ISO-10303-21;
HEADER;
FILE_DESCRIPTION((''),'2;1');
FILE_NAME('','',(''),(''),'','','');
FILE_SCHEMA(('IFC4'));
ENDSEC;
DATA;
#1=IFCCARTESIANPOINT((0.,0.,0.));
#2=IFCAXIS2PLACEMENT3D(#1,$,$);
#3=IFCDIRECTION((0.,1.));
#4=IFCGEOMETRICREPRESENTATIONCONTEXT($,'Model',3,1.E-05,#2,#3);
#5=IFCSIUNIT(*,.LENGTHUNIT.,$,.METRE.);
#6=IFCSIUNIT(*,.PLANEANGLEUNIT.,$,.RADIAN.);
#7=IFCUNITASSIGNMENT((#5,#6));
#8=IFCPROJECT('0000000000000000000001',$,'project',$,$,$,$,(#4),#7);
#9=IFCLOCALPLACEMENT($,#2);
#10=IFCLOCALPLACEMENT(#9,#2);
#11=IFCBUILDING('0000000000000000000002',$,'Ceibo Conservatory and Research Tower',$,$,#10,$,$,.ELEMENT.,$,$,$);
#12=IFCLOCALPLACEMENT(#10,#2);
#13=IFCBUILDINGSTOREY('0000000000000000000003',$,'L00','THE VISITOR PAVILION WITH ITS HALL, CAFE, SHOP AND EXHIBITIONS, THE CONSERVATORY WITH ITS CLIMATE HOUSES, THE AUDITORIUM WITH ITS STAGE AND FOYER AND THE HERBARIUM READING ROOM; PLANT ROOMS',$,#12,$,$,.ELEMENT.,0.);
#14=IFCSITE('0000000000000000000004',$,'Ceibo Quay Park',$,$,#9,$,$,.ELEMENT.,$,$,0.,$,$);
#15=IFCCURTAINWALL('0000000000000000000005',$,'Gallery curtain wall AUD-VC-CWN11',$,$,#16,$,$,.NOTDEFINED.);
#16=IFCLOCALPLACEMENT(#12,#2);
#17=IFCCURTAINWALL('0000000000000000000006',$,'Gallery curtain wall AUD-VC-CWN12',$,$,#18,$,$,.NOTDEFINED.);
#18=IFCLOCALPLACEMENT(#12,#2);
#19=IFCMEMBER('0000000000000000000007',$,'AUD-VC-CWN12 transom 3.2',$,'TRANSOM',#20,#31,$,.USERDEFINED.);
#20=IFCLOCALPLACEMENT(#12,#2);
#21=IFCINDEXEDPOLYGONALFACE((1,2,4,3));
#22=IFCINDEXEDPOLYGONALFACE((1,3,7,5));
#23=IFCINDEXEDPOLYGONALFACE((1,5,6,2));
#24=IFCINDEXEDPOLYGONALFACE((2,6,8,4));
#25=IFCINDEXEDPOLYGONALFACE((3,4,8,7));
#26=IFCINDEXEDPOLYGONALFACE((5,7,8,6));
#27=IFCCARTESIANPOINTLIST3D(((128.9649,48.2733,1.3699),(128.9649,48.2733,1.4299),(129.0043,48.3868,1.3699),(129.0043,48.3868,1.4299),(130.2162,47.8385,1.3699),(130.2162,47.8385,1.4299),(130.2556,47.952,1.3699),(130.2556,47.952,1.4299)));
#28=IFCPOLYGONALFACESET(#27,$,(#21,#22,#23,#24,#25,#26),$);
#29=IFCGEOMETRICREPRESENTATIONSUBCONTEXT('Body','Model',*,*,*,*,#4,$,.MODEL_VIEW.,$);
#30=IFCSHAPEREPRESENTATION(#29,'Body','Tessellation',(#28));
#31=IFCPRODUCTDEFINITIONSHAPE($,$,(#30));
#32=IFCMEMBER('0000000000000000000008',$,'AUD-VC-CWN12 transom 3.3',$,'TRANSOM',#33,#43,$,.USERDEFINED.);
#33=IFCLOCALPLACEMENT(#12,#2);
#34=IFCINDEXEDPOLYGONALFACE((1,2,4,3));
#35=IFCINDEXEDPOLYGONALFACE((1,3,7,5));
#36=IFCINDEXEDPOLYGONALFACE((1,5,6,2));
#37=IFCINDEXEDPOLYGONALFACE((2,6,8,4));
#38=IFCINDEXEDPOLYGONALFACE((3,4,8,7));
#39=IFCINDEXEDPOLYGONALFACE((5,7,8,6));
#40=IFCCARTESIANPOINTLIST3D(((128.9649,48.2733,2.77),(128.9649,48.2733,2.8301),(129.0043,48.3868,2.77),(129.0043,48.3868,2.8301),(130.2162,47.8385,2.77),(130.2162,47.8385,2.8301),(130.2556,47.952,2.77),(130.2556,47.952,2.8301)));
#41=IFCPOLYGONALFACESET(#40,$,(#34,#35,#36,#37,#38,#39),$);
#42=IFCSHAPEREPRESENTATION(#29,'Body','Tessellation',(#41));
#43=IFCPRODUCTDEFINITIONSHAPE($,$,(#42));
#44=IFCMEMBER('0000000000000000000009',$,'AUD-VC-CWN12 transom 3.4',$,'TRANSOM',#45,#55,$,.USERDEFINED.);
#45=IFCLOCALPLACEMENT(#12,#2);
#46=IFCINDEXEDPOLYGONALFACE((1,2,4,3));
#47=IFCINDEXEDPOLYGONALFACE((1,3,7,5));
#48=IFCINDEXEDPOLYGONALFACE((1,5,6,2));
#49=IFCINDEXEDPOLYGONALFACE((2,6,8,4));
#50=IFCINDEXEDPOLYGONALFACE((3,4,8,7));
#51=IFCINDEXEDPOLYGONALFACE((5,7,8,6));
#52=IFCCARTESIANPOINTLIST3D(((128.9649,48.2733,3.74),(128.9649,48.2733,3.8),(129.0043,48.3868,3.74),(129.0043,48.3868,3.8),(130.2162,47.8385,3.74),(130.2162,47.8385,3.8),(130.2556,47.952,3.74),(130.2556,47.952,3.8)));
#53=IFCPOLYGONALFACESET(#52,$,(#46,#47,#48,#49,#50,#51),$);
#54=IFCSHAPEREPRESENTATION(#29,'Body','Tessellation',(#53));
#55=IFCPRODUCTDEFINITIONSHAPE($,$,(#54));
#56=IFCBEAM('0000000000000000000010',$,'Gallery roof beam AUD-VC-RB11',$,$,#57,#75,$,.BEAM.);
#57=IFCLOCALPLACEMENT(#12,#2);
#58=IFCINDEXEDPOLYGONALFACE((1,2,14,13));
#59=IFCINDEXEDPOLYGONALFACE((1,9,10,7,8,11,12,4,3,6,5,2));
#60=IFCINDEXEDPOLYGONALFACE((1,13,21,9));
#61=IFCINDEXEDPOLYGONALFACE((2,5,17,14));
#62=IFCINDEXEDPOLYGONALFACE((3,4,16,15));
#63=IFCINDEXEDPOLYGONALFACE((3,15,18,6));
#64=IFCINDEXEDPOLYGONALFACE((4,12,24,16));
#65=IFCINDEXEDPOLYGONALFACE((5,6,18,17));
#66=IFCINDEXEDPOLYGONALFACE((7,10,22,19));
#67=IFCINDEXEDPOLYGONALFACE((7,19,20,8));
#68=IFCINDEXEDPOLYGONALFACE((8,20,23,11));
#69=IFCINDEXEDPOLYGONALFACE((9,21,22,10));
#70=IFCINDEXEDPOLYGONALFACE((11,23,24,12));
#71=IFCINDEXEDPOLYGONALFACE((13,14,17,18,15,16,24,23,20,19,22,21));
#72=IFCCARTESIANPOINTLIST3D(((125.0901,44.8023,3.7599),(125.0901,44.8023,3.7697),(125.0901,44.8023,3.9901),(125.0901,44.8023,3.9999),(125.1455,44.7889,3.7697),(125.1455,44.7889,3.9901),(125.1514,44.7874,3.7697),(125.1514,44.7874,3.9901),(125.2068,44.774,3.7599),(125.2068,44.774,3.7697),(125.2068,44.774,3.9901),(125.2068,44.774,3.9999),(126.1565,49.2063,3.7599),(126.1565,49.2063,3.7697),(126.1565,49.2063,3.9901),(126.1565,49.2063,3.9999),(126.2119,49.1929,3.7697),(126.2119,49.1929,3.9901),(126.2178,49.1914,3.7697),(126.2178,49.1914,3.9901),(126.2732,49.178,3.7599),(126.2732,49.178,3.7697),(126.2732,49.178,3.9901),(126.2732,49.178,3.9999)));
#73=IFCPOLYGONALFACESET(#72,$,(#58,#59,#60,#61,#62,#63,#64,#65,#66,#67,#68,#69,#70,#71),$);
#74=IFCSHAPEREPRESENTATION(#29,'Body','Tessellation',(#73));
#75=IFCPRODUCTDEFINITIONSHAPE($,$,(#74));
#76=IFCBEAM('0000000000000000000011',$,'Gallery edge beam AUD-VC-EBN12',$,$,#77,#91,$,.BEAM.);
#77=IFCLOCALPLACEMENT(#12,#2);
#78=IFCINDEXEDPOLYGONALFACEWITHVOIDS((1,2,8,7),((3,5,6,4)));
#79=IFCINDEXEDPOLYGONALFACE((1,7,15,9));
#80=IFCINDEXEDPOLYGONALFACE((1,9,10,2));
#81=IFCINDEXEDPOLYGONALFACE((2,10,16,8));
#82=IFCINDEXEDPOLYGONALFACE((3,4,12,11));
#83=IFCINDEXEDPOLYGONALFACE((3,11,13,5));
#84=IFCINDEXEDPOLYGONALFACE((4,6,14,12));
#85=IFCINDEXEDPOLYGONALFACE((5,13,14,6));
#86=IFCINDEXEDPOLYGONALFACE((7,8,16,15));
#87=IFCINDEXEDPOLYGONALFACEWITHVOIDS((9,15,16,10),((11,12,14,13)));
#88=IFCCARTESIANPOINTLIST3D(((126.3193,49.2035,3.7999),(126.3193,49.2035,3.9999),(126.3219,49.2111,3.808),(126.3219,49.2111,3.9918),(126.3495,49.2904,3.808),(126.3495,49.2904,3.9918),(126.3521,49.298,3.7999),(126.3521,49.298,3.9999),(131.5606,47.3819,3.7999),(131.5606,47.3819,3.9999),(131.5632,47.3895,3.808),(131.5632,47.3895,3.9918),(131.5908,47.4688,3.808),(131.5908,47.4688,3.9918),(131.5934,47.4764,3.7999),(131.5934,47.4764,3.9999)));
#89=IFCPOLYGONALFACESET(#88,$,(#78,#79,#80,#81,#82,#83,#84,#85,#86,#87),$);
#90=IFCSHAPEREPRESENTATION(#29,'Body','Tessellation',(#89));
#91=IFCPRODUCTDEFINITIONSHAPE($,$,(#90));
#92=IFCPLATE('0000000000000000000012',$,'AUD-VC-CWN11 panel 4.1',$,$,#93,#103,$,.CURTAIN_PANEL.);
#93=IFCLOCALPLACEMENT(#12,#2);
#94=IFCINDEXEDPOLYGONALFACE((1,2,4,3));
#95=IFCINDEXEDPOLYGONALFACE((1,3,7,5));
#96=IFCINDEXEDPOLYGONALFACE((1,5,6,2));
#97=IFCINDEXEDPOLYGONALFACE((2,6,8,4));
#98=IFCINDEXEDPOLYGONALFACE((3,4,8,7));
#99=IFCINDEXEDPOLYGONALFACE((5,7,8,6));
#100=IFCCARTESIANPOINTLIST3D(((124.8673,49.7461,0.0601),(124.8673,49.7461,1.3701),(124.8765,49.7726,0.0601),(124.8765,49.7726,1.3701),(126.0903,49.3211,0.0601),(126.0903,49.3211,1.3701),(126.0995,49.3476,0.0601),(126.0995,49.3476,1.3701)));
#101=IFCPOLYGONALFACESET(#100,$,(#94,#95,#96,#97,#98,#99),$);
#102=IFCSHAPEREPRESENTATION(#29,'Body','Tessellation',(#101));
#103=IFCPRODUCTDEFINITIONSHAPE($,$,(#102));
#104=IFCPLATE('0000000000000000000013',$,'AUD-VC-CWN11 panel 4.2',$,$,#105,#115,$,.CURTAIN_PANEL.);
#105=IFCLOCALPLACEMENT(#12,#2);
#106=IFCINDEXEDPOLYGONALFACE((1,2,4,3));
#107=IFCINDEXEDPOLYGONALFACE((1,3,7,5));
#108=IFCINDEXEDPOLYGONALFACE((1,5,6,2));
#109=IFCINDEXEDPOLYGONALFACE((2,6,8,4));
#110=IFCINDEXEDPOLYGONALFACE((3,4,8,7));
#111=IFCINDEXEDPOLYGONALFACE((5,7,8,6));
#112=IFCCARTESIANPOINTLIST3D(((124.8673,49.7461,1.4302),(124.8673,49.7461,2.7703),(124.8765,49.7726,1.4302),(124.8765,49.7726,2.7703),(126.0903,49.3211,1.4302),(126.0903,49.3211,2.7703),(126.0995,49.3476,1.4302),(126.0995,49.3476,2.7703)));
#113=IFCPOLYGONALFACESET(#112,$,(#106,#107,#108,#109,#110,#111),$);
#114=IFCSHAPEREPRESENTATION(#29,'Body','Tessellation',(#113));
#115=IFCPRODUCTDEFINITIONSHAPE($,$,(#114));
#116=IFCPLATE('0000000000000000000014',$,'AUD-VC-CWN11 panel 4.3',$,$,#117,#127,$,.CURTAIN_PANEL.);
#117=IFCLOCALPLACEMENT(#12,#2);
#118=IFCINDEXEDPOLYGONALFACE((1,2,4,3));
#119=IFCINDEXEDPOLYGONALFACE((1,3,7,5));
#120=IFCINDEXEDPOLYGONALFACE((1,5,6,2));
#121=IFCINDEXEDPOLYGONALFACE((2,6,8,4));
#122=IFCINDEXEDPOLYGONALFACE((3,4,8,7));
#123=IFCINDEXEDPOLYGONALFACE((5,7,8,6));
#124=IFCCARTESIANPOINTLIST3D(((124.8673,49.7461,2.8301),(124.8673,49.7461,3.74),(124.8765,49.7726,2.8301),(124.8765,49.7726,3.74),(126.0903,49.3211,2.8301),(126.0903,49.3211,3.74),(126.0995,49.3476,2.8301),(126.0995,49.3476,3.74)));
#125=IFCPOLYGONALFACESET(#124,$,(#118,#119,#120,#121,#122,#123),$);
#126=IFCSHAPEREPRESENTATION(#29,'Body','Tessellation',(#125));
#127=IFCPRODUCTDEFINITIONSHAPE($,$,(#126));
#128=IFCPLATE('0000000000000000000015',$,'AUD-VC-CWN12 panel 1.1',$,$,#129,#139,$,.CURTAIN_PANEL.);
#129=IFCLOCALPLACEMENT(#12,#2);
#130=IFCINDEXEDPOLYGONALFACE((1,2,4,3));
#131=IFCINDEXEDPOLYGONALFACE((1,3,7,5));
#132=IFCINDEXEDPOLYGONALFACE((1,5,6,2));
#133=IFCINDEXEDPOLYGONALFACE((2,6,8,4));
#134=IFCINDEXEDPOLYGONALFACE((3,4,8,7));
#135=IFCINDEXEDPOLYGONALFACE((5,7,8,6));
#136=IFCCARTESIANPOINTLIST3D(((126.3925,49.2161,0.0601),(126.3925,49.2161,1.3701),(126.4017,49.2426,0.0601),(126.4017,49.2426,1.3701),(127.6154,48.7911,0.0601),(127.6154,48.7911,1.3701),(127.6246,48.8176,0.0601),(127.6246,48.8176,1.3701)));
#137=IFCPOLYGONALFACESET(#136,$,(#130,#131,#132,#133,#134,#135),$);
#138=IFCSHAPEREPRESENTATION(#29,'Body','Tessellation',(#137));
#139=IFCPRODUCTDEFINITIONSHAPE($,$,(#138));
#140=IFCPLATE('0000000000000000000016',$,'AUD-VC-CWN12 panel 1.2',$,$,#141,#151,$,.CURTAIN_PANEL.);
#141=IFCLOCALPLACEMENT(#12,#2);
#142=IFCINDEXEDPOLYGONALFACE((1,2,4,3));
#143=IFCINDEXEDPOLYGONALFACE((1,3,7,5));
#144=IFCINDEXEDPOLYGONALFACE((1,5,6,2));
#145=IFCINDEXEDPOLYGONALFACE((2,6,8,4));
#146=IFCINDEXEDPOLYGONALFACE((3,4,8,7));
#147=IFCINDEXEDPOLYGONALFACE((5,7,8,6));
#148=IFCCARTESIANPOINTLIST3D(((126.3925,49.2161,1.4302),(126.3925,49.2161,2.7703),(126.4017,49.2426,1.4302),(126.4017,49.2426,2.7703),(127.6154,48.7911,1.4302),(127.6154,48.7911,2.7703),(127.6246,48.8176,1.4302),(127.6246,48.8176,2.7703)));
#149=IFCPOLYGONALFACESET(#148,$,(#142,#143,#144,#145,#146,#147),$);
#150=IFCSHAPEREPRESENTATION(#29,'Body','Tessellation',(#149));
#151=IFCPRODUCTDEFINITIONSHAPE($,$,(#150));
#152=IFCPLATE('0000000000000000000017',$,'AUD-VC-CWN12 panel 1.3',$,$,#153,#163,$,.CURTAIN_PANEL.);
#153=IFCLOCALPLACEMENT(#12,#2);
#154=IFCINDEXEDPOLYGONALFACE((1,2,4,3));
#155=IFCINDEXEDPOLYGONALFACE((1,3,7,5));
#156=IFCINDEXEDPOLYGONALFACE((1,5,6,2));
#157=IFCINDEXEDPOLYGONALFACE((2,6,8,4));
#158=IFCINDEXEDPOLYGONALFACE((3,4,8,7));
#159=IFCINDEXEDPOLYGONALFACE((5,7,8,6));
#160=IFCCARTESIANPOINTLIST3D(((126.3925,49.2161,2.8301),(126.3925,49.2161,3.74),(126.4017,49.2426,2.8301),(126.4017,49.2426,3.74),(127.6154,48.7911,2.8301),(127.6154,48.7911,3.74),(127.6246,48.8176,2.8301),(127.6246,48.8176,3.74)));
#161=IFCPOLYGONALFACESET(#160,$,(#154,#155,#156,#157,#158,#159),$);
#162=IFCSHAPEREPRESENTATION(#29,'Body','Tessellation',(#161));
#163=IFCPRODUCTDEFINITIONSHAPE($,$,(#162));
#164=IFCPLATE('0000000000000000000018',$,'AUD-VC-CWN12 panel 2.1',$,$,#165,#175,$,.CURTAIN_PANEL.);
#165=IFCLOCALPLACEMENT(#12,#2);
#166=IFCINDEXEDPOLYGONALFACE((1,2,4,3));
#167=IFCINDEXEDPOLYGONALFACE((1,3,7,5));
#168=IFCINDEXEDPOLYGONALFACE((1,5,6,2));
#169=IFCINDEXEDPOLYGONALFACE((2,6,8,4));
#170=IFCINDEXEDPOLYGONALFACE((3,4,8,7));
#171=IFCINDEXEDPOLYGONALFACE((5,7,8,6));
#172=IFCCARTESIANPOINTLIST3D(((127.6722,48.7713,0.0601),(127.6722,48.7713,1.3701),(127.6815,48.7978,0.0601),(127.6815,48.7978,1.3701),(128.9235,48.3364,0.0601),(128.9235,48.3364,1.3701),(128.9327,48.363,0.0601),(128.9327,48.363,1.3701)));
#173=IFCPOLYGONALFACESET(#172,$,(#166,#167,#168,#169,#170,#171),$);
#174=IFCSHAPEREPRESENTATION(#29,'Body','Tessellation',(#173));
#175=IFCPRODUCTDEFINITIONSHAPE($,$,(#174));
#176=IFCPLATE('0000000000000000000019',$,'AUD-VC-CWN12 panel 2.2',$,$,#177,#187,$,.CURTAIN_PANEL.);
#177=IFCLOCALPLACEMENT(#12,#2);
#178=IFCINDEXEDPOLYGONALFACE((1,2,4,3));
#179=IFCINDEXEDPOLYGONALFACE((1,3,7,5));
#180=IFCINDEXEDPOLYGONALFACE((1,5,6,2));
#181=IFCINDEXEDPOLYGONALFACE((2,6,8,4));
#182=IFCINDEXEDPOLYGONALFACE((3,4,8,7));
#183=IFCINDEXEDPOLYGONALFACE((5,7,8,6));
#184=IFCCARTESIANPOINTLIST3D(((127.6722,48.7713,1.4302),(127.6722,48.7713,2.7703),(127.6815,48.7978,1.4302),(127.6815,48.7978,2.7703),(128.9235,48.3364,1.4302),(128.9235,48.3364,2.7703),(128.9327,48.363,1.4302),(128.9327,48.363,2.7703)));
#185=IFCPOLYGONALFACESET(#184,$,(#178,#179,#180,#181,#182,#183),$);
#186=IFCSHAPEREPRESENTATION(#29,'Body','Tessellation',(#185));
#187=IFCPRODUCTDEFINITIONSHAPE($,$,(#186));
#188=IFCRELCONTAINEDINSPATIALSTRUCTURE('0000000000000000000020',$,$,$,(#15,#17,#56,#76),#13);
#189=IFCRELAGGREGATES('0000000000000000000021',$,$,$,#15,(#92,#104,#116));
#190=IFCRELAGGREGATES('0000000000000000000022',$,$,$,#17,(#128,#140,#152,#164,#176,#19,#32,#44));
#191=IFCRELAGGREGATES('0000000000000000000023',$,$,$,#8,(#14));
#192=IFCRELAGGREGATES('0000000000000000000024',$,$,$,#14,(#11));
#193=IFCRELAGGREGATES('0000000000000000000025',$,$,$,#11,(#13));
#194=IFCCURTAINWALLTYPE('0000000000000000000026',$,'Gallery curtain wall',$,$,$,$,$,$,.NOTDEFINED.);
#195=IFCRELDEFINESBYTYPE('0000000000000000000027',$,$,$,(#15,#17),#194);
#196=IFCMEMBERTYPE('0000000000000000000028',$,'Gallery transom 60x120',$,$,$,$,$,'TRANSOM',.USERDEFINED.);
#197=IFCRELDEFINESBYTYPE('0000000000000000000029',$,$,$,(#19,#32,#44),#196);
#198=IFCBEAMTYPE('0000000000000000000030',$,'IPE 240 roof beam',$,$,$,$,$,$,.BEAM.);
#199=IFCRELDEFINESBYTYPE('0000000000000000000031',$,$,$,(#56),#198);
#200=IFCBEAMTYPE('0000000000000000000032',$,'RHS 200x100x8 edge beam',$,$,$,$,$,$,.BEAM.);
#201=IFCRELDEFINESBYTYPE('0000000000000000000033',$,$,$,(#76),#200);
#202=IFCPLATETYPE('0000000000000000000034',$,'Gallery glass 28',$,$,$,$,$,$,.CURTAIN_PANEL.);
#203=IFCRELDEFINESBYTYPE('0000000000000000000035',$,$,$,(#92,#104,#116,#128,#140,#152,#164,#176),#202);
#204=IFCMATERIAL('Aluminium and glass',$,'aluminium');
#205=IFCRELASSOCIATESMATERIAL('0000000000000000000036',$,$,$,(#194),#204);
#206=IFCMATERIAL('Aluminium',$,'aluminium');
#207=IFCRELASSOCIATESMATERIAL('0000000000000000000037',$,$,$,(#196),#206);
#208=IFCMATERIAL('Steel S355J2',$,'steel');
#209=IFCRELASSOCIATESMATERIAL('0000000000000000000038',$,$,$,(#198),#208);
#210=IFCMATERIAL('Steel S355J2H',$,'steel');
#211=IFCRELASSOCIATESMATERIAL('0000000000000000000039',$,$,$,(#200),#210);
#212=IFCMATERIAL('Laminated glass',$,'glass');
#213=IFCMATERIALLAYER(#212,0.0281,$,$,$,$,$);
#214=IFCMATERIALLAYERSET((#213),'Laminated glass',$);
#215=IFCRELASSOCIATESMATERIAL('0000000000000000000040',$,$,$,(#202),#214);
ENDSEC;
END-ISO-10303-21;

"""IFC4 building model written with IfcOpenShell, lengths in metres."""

from ifc_helpers import new_model, si_unit, direction, frame, origin, origin_2d, place, context, subcontext, project, spatial, rectangle, hollow_rectangle, i_section, extrude, material, layer, layer_set, material_profile, profile_set, type_object, element, aggregate, save


model = new_model("IFC4")

# Units and contexts
model_context = context("Model", 3, precision=1e-05, world=origin(), true_north=direction((0.0, 1.0)))
body_context = subcontext(model_context, "Body", "Model", "MODEL_VIEW")
ifc_project = project(units=[si_unit("LENGTHUNIT", "METRE"), si_unit("PLANEANGLEUNIT", "RADIAN")], contexts=[model_context])

# Site, building, storey
site_placement = place(None, origin())
site = spatial("IfcSite", under=ifc_project, at=site_placement, Name="Ceibo Quay Park", CompositionType="ELEMENT", RefElevation=0.0)
building_placement = place(site_placement, origin())
building = spatial("IfcBuilding", under=site, at=building_placement, Name="Ceibo Conservatory and Research Tower", CompositionType="ELEMENT")
storey_placement = place(building_placement, origin())
storey = spatial("IfcBuildingStorey", under=building, at=storey_placement, Name="L00", Description="THE VISITOR PAVILION WITH ITS HALL, CAFE, SHOP AND EXHIBITIONS, THE CONSERVATORY WITH ITS CLIMATE HOUSES, THE AUDITORIUM WITH ITS STAGE AND FOYER AND THE HERBARIUM READING ROOM; PLANT ROOMS", CompositionType="ELEMENT", Elevation=0.0)

# Shared definitions
ifc_material_1 = material(Name="Steel S355J2H", Category="steel")

# Curtain wall
ifc_material_2 = material(Name="Aluminium and glass", Category="aluminium")
curtain_wall_type = type_object("IfcCurtainWallType", Name="Gallery curtain wall", PredefinedType="NOTDEFINED", material=ifc_material_2)
curtain_wall_1_placement = place(storey_placement, origin())
curtain_wall_1 = element("IfcCurtainWall", 1, at=curtain_wall_1_placement, inside=storey, type_object=curtain_wall_type, Name="Gallery curtain wall AUD-VC-CWN11", PredefinedType="NOTDEFINED")
ifc_material_3 = material(Name="Aluminium", Category="aluminium")

# Curtain wall, members
curtain_wall_2_placement = place(storey_placement, origin())
curtain_wall_2 = element("IfcCurtainWall", 2, at=curtain_wall_2_placement, inside=storey, type_object=curtain_wall_type, Name="Gallery curtain wall AUD-VC-CWN12", PredefinedType="NOTDEFINED")
ifc_material_profile_1 = material_profile(ifc_material_3, rectangle(XDim=0.1201, YDim=0.0601, at=origin_2d()), Name="AL 60x120")
ifc_profile_set_1 = profile_set([ifc_material_profile_1], Name="Aluminium")
member_type_1 = type_object("IfcMemberType", Name="Gallery transom 60x120", ElementType="TRANSOM", PredefinedType="USERDEFINED", material=ifc_profile_set_1)
member_1_placement = place(storey_placement, frame((128.9846, 48.3301, 1.3999), z_axis=(0.944589, -0.328256, 0.0), x_axis=(0.328256, 0.944589, 0.0)))
member_1 = element("IfcMember", 3, at=member_1_placement, type_object=member_type_1, Name="AUD-VC-CWN12 transom 3.2", ObjectType="TRANSOM", PredefinedType="USERDEFINED", context=body_context, shape_type="SweptSolid", body=[
    extrude(rectangle(XDim=0.1201, YDim=0.0601, at=origin_2d()), origin(), (0.0, 0.0, 1.0), 1.3247),
])
member_2_placement = place(storey_placement, frame((128.9846, 48.3301, 2.8), z_axis=(0.944589, -0.328256, 0.0), x_axis=(0.328256, 0.944589, 0.0)))
member_2 = element("IfcMember", 4, at=member_2_placement, type_object=member_type_1, Name="AUD-VC-CWN12 transom 3.3", ObjectType="TRANSOM", PredefinedType="USERDEFINED", context=body_context, shape_type="SweptSolid", body=[
    extrude(rectangle(XDim=0.1201, YDim=0.0601, at=origin_2d()), origin(), (0.0, 0.0, 1.0), 1.3247),
])
member_3_placement = place(storey_placement, frame((128.9846, 48.3301, 3.77), z_axis=(0.944589, -0.328256, 0.0), x_axis=(0.328256, 0.944589, 0.0)))
member_3 = element("IfcMember", 5, at=member_3_placement, type_object=member_type_1, Name="AUD-VC-CWN12 transom 3.4", ObjectType="TRANSOM", PredefinedType="USERDEFINED", context=body_context, shape_type="SweptSolid", body=[
    extrude(rectangle(XDim=0.1201, YDim=0.0601, at=origin_2d()), origin(), (0.0, 0.0, 1.0), 1.3247),
])

# Beams
ifc_material_4 = material(Name="Steel S355J2", Category="steel")
ifc_material_profile_2 = material_profile(ifc_material_4, i_section(OverallWidth=0.1201, OverallDepth=0.24, WebThickness=0.0061, FlangeThickness=0.0098, at=origin_2d()), Name="IPE 240")
ifc_profile_set_2 = profile_set([ifc_material_profile_2], Name="Steel S355J2")
beam_type_1 = type_object("IfcBeamType", Name="IPE 240 roof beam", PredefinedType="BEAM", material=ifc_profile_set_2)
beam_1_placement = place(storey_placement, frame((126.2148, 49.1921, 3.8799), z_axis=(-0.235341, -0.971913, 0.0), x_axis=(0.971913, -0.235341, 0.0)))
element("IfcBeam", 6, at=beam_1_placement, inside=storey, type_object=beam_type_1, Name="Gallery roof beam AUD-VC-RB11", PredefinedType="BEAM", context=body_context, shape_type="SweptSolid", body=[
    extrude(i_section(OverallWidth=0.1201, OverallDepth=0.24, WebThickness=0.0061, FlangeThickness=0.0098, at=origin_2d()), origin(), (0.0, 0.0, 1.0), 4.5312),
])
ifc_material_profile_3 = material_profile(ifc_material_1, hollow_rectangle(XDim=0.1001, YDim=0.2, WallThickness=0.0081, at=origin_2d()), Name="RHS 200x100x8 edge beam")
ifc_profile_set_3 = profile_set([ifc_material_profile_3], Name="Steel S355J2H")
beam_type_2 = type_object("IfcBeamType", Name="RHS 200x100x8 edge beam", PredefinedType="BEAM", material=ifc_profile_set_3)
beam_2_placement = place(storey_placement, frame((126.3357, 49.2507, 3.8999), z_axis=(0.94458, -0.32828, 0.0), x_axis=(0.32828, 0.94458, 0.0)))
element("IfcBeam", 7, at=beam_2_placement, inside=storey, type_object=beam_type_2, Name="Gallery edge beam AUD-VC-EBN12", PredefinedType="BEAM", context=body_context, shape_type="SweptSolid", body=[
    extrude(hollow_rectangle(XDim=0.1001, YDim=0.2, WallThickness=0.0081, at=origin_2d()), origin(), (0.0, 0.0, 1.0), 5.5488),
])

# Plates
ifc_material_5 = material(Name="Laminated glass", Category="glass")
ifc_layer = layer(ifc_material_5, 0.0281)
ifc_layer_set = layer_set([ifc_layer], Name="Laminated glass")
plate_type = type_object("IfcPlateType", Name="Gallery glass 28", PredefinedType="CURTAIN_PANEL", material=ifc_layer_set)
plate_1_placement = place(storey_placement, frame((125.4834, 49.5469, 0.0601), z_axis=(0.0, 0.0, 1.0), x_axis=(0.944579, -0.328284, 0.0)))
plate_1 = element("IfcPlate", 8, at=plate_1_placement, type_object=plate_type, Name="AUD-VC-CWN11 panel 4.1", PredefinedType="CURTAIN_PANEL", context=body_context, shape_type="SweptSolid", body=[
    extrude(rectangle(XDim=1.2947, YDim=0.0281, at=origin_2d()), origin(), (0.0, 0.0, 1.0), 1.3101),
])
plate_2_placement = place(storey_placement, frame((125.4834, 49.5469, 1.4302), z_axis=(0.0, 0.0, 1.0), x_axis=(0.944579, -0.328284, 0.0)))
plate_2 = element("IfcPlate", 9, at=plate_2_placement, type_object=plate_type, Name="AUD-VC-CWN11 panel 4.2", PredefinedType="CURTAIN_PANEL", context=body_context, shape_type="SweptSolid", body=[
    extrude(rectangle(XDim=1.2947, YDim=0.0281, at=origin_2d()), origin(), (0.0, 0.0, 1.0), 1.3401),
])
plate_3_placement = place(storey_placement, frame((125.4834, 49.5469, 2.8301), z_axis=(0.0, 0.0, 1.0), x_axis=(0.944579, -0.328284, 0.0)))
plate_3 = element("IfcPlate", 10, at=plate_3_placement, type_object=plate_type, Name="AUD-VC-CWN11 panel 4.3", PredefinedType="CURTAIN_PANEL", context=body_context, shape_type="SweptSolid", body=[
    extrude(rectangle(XDim=1.2947, YDim=0.0281, at=origin_2d()), origin(), (0.0, 0.0, 1.0), 0.9099),
])
aggregate(curtain_wall_1, [plate_1, plate_2, plate_3])
plate_4_placement = place(storey_placement, frame((127.0085, 49.0168, 0.0601), z_axis=(0.0, 0.0, 1.0), x_axis=(0.944579, -0.328284, 0.0)))
plate_4 = element("IfcPlate", 11, at=plate_4_placement, type_object=plate_type, Name="AUD-VC-CWN12 panel 1.1", PredefinedType="CURTAIN_PANEL", context=body_context, shape_type="SweptSolid", body=[
    extrude(rectangle(XDim=1.2947, YDim=0.0281, at=origin_2d()), origin(), (0.0, 0.0, 1.0), 1.3101),
])
plate_5_placement = place(storey_placement, frame((127.0085, 49.0168, 1.4302), z_axis=(0.0, 0.0, 1.0), x_axis=(0.944579, -0.328284, 0.0)))
plate_5 = element("IfcPlate", 12, at=plate_5_placement, type_object=plate_type, Name="AUD-VC-CWN12 panel 1.2", PredefinedType="CURTAIN_PANEL", context=body_context, shape_type="SweptSolid", body=[
    extrude(rectangle(XDim=1.2947, YDim=0.0281, at=origin_2d()), origin(), (0.0, 0.0, 1.0), 1.3401),
])
plate_6_placement = place(storey_placement, frame((127.0085, 49.0168, 2.8301), z_axis=(0.0, 0.0, 1.0), x_axis=(0.944579, -0.328284, 0.0)))
plate_6 = element("IfcPlate", 13, at=plate_6_placement, type_object=plate_type, Name="AUD-VC-CWN12 panel 1.3", PredefinedType="CURTAIN_PANEL", context=body_context, shape_type="SweptSolid", body=[
    extrude(rectangle(XDim=1.2947, YDim=0.0281, at=origin_2d()), origin(), (0.0, 0.0, 1.0), 0.9099),
])
plate_7_placement = place(storey_placement, frame((128.3025, 48.5671, 0.0601), z_axis=(0.0, 0.0, 1.0), x_axis=(0.944579, -0.328284, 0.0)))
plate_7 = element("IfcPlate", 14, at=plate_7_placement, type_object=plate_type, Name="AUD-VC-CWN12 panel 2.1", PredefinedType="CURTAIN_PANEL", context=body_context, shape_type="SweptSolid", body=[
    extrude(rectangle(XDim=1.3247, YDim=0.0281, at=origin_2d()), origin(), (0.0, 0.0, 1.0), 1.3101),
])
plate_8_placement = place(storey_placement, frame((128.3025, 48.5671, 1.4302), z_axis=(0.0, 0.0, 1.0), x_axis=(0.944579, -0.328284, 0.0)))
plate_8 = element("IfcPlate", 15, at=plate_8_placement, type_object=plate_type, Name="AUD-VC-CWN12 panel 2.2", PredefinedType="CURTAIN_PANEL", context=body_context, shape_type="SweptSolid", body=[
    extrude(rectangle(XDim=1.3247, YDim=0.0281, at=origin_2d()), origin(), (0.0, 0.0, 1.0), 1.3401),
])
aggregate(curtain_wall_2, [plate_4, plate_5, plate_6, plate_7, plate_8, member_1, member_2, member_3])

save(model, "model.ifc")
